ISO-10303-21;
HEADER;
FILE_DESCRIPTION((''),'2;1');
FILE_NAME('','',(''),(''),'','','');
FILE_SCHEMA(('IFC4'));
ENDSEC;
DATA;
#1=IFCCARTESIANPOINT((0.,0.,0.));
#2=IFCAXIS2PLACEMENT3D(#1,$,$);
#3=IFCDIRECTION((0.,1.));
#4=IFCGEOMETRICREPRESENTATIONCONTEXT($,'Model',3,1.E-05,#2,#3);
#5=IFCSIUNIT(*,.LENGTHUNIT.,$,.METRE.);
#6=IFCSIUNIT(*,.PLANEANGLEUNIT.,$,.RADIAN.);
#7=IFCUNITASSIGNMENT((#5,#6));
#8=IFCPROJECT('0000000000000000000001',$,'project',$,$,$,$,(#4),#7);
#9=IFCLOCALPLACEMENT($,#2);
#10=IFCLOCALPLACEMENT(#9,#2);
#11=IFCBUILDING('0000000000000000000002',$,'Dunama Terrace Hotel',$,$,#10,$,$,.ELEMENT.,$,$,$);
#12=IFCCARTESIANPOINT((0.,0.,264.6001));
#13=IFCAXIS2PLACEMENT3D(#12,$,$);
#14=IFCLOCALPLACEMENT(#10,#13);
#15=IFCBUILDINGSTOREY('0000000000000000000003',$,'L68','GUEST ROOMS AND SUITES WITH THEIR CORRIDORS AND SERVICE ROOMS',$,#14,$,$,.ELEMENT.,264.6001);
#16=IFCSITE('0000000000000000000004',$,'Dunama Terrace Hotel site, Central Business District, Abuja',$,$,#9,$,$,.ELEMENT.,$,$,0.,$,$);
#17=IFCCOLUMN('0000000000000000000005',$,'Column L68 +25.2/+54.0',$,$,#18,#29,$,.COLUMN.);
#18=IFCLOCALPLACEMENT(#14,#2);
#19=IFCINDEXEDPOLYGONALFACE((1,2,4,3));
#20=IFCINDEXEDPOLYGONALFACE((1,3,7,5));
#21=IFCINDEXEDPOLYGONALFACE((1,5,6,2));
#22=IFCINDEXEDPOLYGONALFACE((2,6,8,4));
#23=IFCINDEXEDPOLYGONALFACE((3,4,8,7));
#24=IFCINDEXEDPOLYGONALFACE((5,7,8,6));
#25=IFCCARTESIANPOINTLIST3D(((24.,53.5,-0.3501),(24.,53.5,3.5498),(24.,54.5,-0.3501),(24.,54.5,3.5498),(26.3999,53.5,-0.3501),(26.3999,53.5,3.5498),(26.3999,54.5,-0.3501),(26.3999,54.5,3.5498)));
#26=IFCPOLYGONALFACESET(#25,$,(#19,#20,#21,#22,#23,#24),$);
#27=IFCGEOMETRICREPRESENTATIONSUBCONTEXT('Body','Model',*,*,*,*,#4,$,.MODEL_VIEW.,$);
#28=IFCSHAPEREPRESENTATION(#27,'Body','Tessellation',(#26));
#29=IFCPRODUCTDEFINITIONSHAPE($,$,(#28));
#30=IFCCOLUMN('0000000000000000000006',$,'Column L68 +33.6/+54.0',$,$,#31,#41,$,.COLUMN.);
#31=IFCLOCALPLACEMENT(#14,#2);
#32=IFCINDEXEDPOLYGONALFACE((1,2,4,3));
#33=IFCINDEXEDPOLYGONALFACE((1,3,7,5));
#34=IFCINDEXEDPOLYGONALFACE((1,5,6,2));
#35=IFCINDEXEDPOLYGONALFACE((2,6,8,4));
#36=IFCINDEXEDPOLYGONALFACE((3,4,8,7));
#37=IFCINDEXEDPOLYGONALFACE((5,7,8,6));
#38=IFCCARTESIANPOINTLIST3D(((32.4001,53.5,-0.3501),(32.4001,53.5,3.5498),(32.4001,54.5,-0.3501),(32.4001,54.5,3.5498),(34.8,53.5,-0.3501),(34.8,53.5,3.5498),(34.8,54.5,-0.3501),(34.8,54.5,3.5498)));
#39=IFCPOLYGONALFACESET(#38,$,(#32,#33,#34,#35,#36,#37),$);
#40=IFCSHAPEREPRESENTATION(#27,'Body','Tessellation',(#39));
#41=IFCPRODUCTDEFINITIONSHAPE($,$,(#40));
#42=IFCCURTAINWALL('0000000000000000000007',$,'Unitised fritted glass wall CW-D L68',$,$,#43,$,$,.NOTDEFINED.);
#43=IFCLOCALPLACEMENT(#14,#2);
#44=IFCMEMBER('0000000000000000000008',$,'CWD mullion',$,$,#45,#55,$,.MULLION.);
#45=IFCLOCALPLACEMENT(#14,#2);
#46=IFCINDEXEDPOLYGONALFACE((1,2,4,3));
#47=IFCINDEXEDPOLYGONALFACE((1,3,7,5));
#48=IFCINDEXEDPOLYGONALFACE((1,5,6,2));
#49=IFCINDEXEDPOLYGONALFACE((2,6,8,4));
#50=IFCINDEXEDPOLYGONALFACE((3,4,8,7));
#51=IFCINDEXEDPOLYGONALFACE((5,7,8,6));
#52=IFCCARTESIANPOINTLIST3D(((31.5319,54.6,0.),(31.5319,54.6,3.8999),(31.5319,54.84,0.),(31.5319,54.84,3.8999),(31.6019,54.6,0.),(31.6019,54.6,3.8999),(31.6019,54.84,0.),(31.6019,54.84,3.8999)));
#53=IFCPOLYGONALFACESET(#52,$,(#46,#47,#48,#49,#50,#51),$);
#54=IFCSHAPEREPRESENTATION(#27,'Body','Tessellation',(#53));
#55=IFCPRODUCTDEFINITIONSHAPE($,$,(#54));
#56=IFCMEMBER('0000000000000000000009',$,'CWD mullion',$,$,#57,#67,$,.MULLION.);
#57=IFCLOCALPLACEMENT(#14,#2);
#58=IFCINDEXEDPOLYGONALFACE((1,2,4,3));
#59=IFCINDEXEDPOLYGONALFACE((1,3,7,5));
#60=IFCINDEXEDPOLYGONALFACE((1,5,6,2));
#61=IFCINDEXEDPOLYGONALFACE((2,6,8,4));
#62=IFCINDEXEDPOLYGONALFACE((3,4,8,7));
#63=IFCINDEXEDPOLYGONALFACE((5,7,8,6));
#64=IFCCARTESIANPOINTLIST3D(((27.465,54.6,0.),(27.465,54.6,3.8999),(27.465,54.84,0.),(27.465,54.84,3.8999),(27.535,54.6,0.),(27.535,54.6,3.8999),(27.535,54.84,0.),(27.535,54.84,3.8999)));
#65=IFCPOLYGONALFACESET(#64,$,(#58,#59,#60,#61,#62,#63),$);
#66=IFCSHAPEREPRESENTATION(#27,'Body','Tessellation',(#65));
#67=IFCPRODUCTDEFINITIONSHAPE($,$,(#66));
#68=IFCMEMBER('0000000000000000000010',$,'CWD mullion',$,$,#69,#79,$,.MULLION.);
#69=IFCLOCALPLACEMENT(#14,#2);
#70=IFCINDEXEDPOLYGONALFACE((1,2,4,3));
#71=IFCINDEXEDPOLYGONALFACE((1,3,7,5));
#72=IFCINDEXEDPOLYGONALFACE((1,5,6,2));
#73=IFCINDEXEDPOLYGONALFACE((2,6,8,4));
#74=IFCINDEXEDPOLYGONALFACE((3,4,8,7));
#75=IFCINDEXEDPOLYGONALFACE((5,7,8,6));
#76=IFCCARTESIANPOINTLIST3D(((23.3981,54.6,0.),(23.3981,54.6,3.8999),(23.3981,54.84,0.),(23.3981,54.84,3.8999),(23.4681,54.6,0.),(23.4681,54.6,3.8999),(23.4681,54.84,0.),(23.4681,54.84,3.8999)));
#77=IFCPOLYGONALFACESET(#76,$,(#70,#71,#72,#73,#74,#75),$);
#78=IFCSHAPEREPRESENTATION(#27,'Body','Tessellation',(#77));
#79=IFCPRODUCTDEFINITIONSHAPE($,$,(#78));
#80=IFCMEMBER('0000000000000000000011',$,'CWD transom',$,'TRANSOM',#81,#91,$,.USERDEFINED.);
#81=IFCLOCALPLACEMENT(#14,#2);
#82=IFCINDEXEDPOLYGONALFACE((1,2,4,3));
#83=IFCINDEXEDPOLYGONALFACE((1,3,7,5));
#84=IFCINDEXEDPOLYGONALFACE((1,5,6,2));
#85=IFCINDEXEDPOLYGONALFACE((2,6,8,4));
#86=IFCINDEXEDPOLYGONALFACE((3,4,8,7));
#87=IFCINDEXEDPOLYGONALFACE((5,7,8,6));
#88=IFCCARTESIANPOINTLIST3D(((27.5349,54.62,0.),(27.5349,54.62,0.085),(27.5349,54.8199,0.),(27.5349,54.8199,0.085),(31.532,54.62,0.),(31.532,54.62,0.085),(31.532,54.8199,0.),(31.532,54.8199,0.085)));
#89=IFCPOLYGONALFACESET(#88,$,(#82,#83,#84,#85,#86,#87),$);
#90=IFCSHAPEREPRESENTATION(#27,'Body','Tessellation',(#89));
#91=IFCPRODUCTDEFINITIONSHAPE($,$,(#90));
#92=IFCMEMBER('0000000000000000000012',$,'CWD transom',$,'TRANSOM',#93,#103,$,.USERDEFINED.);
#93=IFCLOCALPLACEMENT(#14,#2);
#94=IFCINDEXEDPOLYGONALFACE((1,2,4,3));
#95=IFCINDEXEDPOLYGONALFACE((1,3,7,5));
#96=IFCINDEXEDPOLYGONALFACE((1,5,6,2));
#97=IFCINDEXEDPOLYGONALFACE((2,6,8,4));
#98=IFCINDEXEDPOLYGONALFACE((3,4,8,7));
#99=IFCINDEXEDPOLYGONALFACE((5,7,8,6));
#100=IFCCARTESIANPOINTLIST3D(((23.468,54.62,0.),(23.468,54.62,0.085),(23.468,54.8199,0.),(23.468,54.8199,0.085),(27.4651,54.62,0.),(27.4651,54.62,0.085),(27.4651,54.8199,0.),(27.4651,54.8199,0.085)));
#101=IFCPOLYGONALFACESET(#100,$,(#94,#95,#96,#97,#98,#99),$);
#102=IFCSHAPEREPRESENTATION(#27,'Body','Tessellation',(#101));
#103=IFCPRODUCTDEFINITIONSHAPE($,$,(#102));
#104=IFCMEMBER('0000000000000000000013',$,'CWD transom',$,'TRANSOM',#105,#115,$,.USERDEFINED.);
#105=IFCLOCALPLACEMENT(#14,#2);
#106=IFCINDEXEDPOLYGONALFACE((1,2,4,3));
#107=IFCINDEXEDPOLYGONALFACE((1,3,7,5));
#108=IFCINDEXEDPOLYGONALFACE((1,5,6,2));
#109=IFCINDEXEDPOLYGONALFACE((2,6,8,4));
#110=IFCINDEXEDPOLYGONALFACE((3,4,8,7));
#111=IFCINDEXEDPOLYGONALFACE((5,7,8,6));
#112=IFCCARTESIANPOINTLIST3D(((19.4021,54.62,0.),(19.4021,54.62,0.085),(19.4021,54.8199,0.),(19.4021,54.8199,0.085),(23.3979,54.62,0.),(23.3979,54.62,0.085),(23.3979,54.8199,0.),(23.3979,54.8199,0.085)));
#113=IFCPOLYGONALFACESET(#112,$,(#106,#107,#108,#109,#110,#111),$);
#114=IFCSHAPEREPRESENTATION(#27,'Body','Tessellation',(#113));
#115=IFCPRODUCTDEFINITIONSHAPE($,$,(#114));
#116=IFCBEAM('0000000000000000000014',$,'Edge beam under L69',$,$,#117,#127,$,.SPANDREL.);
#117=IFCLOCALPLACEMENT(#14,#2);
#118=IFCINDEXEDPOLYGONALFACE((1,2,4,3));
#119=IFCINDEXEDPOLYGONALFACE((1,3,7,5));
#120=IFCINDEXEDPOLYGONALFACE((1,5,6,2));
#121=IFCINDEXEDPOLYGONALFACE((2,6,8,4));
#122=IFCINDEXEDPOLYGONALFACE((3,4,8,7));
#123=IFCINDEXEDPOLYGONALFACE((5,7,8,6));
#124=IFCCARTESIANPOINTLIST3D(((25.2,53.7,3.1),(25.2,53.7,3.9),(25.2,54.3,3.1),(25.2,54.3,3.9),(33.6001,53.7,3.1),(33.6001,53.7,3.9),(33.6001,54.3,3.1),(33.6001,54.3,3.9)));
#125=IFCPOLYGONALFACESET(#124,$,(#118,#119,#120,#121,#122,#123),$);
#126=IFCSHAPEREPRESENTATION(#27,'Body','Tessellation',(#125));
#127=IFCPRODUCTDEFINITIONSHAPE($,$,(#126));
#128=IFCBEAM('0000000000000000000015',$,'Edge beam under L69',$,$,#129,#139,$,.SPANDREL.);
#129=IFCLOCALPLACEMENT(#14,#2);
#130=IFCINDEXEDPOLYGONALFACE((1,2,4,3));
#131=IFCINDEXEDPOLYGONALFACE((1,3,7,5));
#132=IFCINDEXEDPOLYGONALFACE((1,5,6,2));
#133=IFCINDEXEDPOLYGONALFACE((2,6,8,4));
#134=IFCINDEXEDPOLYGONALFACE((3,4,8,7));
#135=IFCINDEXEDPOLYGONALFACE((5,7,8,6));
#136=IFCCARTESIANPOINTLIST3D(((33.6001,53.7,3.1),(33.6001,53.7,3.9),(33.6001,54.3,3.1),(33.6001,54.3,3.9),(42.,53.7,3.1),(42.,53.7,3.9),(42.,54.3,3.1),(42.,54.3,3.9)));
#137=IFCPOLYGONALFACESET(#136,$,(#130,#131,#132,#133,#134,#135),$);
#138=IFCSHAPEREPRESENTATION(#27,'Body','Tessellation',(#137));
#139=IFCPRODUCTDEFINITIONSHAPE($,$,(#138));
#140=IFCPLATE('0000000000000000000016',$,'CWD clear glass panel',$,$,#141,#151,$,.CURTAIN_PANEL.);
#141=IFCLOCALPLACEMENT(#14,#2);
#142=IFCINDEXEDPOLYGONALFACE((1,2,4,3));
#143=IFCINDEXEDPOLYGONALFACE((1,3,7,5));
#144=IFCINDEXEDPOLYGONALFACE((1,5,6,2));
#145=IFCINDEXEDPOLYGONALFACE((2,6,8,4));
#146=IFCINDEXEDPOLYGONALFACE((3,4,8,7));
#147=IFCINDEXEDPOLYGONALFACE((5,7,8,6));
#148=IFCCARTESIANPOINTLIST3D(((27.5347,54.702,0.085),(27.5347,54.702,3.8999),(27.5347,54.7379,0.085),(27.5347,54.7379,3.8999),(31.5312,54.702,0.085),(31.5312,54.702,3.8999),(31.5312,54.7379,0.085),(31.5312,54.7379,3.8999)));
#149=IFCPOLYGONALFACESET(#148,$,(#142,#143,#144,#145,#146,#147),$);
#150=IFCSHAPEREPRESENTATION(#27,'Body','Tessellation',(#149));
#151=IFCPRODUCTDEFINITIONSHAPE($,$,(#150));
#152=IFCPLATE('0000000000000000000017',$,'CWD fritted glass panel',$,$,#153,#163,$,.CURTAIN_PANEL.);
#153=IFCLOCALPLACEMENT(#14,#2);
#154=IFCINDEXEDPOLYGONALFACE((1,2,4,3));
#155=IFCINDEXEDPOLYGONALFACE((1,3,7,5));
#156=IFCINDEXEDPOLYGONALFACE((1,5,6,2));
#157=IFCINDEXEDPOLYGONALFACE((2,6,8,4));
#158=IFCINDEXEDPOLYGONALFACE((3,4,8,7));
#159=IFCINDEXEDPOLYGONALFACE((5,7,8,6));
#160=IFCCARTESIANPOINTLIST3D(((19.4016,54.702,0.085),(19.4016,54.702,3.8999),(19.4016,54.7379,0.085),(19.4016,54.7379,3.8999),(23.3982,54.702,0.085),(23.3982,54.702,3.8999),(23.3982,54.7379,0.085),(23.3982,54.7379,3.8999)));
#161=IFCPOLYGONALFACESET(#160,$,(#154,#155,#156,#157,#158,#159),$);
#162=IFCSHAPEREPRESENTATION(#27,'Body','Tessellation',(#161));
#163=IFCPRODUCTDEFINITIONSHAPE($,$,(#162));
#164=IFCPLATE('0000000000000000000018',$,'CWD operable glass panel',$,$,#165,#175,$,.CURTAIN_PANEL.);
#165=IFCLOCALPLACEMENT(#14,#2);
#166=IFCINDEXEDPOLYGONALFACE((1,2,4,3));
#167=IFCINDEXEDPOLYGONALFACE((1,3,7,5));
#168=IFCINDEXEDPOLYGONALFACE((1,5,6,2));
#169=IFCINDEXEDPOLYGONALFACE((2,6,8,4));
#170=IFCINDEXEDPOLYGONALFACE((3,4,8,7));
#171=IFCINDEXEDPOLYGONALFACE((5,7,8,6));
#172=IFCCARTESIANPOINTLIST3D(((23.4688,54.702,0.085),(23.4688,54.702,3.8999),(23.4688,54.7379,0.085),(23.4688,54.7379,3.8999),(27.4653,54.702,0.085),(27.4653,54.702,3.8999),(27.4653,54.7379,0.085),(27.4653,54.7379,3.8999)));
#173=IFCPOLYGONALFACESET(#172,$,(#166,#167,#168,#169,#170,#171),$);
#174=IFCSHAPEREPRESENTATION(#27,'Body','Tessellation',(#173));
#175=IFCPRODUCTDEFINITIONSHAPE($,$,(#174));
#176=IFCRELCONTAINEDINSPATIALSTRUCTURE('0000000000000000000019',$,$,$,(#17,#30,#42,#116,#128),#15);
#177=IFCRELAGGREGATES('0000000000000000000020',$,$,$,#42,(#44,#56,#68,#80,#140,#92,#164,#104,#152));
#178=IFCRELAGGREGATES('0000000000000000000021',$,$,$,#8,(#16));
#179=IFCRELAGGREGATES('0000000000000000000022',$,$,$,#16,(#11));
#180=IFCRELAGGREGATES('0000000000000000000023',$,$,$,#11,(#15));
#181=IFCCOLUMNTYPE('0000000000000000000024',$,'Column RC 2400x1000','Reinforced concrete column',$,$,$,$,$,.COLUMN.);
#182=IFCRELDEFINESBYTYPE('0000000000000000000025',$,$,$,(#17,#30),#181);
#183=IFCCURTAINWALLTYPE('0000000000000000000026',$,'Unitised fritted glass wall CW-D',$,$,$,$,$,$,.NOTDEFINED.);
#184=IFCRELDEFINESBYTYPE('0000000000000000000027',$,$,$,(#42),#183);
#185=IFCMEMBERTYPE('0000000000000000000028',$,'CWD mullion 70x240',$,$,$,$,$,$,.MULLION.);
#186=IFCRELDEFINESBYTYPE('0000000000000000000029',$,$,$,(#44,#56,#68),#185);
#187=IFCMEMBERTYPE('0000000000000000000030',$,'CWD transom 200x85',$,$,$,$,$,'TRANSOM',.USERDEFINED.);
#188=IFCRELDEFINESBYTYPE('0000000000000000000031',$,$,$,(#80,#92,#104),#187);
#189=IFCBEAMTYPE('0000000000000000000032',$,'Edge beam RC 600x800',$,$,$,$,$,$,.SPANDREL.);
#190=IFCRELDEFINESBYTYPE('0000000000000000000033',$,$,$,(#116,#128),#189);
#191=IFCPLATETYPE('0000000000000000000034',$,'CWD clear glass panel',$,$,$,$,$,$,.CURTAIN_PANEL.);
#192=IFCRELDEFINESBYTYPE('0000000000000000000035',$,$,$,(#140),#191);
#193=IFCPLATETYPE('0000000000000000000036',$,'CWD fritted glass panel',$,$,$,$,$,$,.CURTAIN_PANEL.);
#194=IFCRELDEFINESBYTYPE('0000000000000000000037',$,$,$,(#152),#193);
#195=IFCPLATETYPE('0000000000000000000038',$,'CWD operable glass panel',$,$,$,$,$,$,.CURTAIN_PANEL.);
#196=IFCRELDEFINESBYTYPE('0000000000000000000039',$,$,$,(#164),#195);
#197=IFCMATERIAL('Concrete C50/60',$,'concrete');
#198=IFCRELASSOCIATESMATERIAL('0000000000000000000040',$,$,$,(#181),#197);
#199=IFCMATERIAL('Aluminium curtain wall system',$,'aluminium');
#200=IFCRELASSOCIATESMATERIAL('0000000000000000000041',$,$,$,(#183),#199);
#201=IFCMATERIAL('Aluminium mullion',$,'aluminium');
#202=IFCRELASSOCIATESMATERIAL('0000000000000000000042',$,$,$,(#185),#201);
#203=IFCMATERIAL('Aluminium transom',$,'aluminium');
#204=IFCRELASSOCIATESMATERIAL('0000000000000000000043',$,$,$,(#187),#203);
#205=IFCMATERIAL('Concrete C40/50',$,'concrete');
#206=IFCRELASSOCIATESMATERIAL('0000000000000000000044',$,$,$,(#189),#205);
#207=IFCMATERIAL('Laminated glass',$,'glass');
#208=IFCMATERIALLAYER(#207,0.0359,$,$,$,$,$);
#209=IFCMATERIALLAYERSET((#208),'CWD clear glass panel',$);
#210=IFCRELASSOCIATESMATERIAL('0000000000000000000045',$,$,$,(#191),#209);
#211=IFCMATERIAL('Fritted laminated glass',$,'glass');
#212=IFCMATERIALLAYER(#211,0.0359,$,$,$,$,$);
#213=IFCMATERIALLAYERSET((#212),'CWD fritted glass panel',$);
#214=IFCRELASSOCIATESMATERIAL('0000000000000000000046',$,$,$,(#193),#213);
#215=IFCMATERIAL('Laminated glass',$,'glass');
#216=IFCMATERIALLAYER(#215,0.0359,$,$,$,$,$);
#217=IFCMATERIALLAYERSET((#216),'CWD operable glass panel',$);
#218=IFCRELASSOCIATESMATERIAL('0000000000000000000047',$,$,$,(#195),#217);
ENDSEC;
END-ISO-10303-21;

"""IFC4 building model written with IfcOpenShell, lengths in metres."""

from ifc_helpers import new_model, si_unit, direction, frame, origin, origin_2d, place, context, subcontext, project, spatial, rectangle, extrude, material, layer, layer_set, material_profile, profile_set, type_object, element, aggregate, save


model = new_model("IFC4")

# Units and contexts
model_context = context("Model", 3, precision=1e-05, world=origin(), true_north=direction((0.0, 1.0)))
body_context = subcontext(model_context, "Body", "Model", "MODEL_VIEW")
ifc_project = project(units=[si_unit("LENGTHUNIT", "METRE"), si_unit("PLANEANGLEUNIT", "RADIAN")], contexts=[model_context])

# Site, building, storey
site_placement = place(None, origin())
site = spatial("IfcSite", under=ifc_project, at=site_placement, Name="Dunama Terrace Hotel site, Central Business District, Abuja", CompositionType="ELEMENT", RefElevation=0.0)
building_placement = place(site_placement, origin())
building = spatial("IfcBuilding", under=site, at=building_placement, Name="Dunama Terrace Hotel", CompositionType="ELEMENT")
storey_placement = place(building_placement, frame((0.0, 0.0, 264.6001)))
storey = spatial("IfcBuildingStorey", under=building, at=storey_placement, Name="L68", Description="GUEST ROOMS AND SUITES WITH THEIR CORRIDORS AND SERVICE ROOMS", CompositionType="ELEMENT", Elevation=264.6001)

# Columns
ifc_material_1 = material(Name="Concrete C50/60", Category="concrete")
ifc_material_profile_1 = material_profile(ifc_material_1, rectangle(XDim=2.3999, YDim=1.0, at=origin_2d()), Name="RC 2400x1000")
ifc_profile_set_1 = profile_set([ifc_material_profile_1], Name="Concrete C50/60")
column_type = type_object("IfcColumnType", Name="Column RC 2400x1000", Description="Reinforced concrete column", PredefinedType="COLUMN", material=ifc_profile_set_1)
for number, where, z_axis, x_axis, name in (
    (1, (25.2, 54.0, -0.3501), (0.0, 0.0, 1.0), (1.0, 0.0, 0.0), "Column L68 +25.2/+54.0"),
    (2, (33.6001, 54.0, -0.3501), (0.0, 0.0, 1.0), (1.0, 0.0, 0.0), "Column L68 +33.6/+54.0"),
):
    element("IfcColumn", number, at=place(storey_placement, frame(where, z_axis=z_axis, x_axis=x_axis)), inside=storey, type_object=column_type, Name=name, PredefinedType="COLUMN", context=body_context, shape_type="SweptSolid", body=[
        extrude(rectangle(XDim=2.3999, YDim=1.0, at=origin_2d()), origin(), (0.0, 0.0, 1.0), 3.8999),
    ])

# Curtain wall, members
ifc_material_2 = material(Name="Aluminium curtain wall system", Category="aluminium")
curtain_wall_type = type_object("IfcCurtainWallType", Name="Unitised fritted glass wall CW-D", PredefinedType="NOTDEFINED", material=ifc_material_2)
curtain_wall_placement = place(storey_placement, origin())
curtain_wall = element("IfcCurtainWall", 3, at=curtain_wall_placement, inside=storey, type_object=curtain_wall_type, Name="Unitised fritted glass wall CW-D L68", PredefinedType="NOTDEFINED")
ifc_material_3 = material(Name="Aluminium mullion", Category="aluminium")
ifc_material_profile_2 = material_profile(ifc_material_3, rectangle(XDim=0.0701, YDim=0.24, at=origin_2d()), Name="CWD MULLION 70X240")
ifc_profile_set_2 = profile_set([ifc_material_profile_2], Name="Aluminium mullion")
member_type_1 = type_object("IfcMemberType", Name="CWD mullion 70x240", PredefinedType="MULLION", material=ifc_profile_set_2)
member_1_placement = place(storey_placement, frame((31.5669, 54.72, 0.0), z_axis=(0.0, 0.0, 1.0), x_axis=(-1.0, 0.0, 0.0)))
member_1 = element("IfcMember", 4, at=member_1_placement, type_object=member_type_1, Name="CWD mullion", PredefinedType="MULLION", context=body_context, shape_type="SweptSolid", body=[
    extrude(rectangle(XDim=0.0701, YDim=0.24, at=origin_2d()), origin(), (0.0, 0.0, 1.0), 3.8999),
])
member_2_placement = place(storey_placement, frame((27.5, 54.72, 0.0), z_axis=(0.0, 0.0, 1.0), x_axis=(-1.0, 0.0, 0.0)))
member_2 = element("IfcMember", 5, at=member_2_placement, type_object=member_type_1, Name="CWD mullion", PredefinedType="MULLION", context=body_context, shape_type="SweptSolid", body=[
    extrude(rectangle(XDim=0.0701, YDim=0.24, at=origin_2d()), origin(), (0.0, 0.0, 1.0), 3.8999),
])
member_3_placement = place(storey_placement, frame((23.4331, 54.72, 0.0), z_axis=(0.0, 0.0, 1.0), x_axis=(-1.0, 0.0, 0.0)))
member_3 = element("IfcMember", 6, at=member_3_placement, type_object=member_type_1, Name="CWD mullion", PredefinedType="MULLION", context=body_context, shape_type="SweptSolid", body=[
    extrude(rectangle(XDim=0.0701, YDim=0.24, at=origin_2d()), origin(), (0.0, 0.0, 1.0), 3.8999),
])
ifc_material_4 = material(Name="Aluminium transom", Category="aluminium")
ifc_material_profile_3 = material_profile(ifc_material_4, rectangle(XDim=0.2, YDim=0.085, at=origin_2d()), Name="CWD TRANSOM 200X85")
ifc_profile_set_3 = profile_set([ifc_material_profile_3], Name="Aluminium transom")
member_type_2 = type_object("IfcMemberType", Name="CWD transom 200x85", ElementType="TRANSOM", PredefinedType="USERDEFINED", material=ifc_profile_set_3)
member_4_placement = place(storey_placement, frame((31.532, 54.72, 0.0425), z_axis=(-1.0, 0.0, 0.0), x_axis=(0.0, -1.0, 0.0)))
member_4 = element("IfcMember", 7, at=member_4_placement, type_object=member_type_2, Name="CWD transom", ObjectType="TRANSOM", PredefinedType="USERDEFINED", context=body_context, shape_type="SweptSolid", body=[
    extrude(rectangle(XDim=0.2, YDim=0.085, at=origin_2d()), origin(), (0.0, 0.0, 1.0), 3.9971),
])
member_5_placement = place(storey_placement, frame((27.4651, 54.72, 0.0425), z_axis=(-1.0, 0.0, 0.0), x_axis=(0.0, -1.0, 0.0)))
member_5 = element("IfcMember", 8, at=member_5_placement, type_object=member_type_2, Name="CWD transom", ObjectType="TRANSOM", PredefinedType="USERDEFINED", context=body_context, shape_type="SweptSolid", body=[
    extrude(rectangle(XDim=0.2, YDim=0.085, at=origin_2d()), origin(), (0.0, 0.0, 1.0), 3.9971),
])
member_6_placement = place(storey_placement, frame((23.3979, 54.72, 0.0425), z_axis=(-1.0, 0.0, 0.0), x_axis=(0.0, -1.0, 0.0)))
member_6 = element("IfcMember", 9, at=member_6_placement, type_object=member_type_2, Name="CWD transom", ObjectType="TRANSOM", PredefinedType="USERDEFINED", context=body_context, shape_type="SweptSolid", body=[
    extrude(rectangle(XDim=0.2, YDim=0.085, at=origin_2d()), origin(), (0.0, 0.0, 1.0), 3.9958),
])

# Beams
ifc_material_5 = material(Name="Concrete C40/50", Category="concrete")
ifc_material_profile_4 = material_profile(ifc_material_5, rectangle(XDim=0.6001, YDim=0.8, at=origin_2d()), Name="RC 600x800")
ifc_profile_set_4 = profile_set([ifc_material_profile_4], Name="Concrete C40/50")
beam_type = type_object("IfcBeamType", Name="Edge beam RC 600x800", PredefinedType="SPANDREL", material=ifc_profile_set_4)
beam_1_placement = place(storey_placement, frame((25.2, 54.0, 3.5), z_axis=(1.0, 0.0, 0.0), x_axis=(0.0, 1.0, 0.0)))
element("IfcBeam", 10, at=beam_1_placement, inside=storey, type_object=beam_type, Name="Edge beam under L69", PredefinedType="SPANDREL", context=body_context, shape_type="SweptSolid", body=[
    extrude(rectangle(XDim=0.6001, YDim=0.8, at=origin_2d()), origin(), (0.0, 0.0, 1.0), 8.4001),
])
beam_2_placement = place(storey_placement, frame((33.6001, 54.0, 3.5), z_axis=(1.0, 0.0, 0.0), x_axis=(0.0, 1.0, 0.0)))
element("IfcBeam", 11, at=beam_2_placement, inside=storey, type_object=beam_type, Name="Edge beam under L69", PredefinedType="SPANDREL", context=body_context, shape_type="SweptSolid", body=[
    extrude(rectangle(XDim=0.6001, YDim=0.8, at=origin_2d()), origin(), (0.0, 0.0, 1.0), 8.3999),
])

# Plates
ifc_material_6 = material(Name="Laminated glass", Category="glass")
ifc_layer_1 = layer(ifc_material_6, 0.0359)
ifc_layer_set_1 = layer_set([ifc_layer_1], Name="CWD clear glass panel")
plate_type_1 = type_object("IfcPlateType", Name="CWD clear glass panel", PredefinedType="CURTAIN_PANEL", material=ifc_layer_set_1)
plate_1_placement = place(storey_placement, frame((29.533, 54.72, 0.085), z_axis=(0.0, 0.0, 1.0), x_axis=(-1.0, 0.0, 0.0)))
plate_1 = element("IfcPlate", 12, at=plate_1_placement, type_object=plate_type_1, Name="CWD clear glass panel", PredefinedType="CURTAIN_PANEL", context=body_context, shape_type="SweptSolid", body=[
    extrude(rectangle(XDim=3.9966, YDim=0.0359, at=origin_2d()), origin(), (0.0, 0.0, 1.0), 3.8149),
])
ifc_material_7 = material(Name="Fritted laminated glass", Category="glass")
ifc_layer_2 = layer(ifc_material_7, 0.0359)
ifc_layer_set_2 = layer_set([ifc_layer_2], Name="CWD fritted glass panel")
plate_type_2 = type_object("IfcPlateType", Name="CWD fritted glass panel", PredefinedType="CURTAIN_PANEL", material=ifc_layer_set_2)
plate_2_placement = place(storey_placement, frame((21.3999, 54.72, 0.085), z_axis=(0.0, 0.0, 1.0), x_axis=(-1.0, 0.0, 0.0)))
plate_2 = element("IfcPlate", 13, at=plate_2_placement, type_object=plate_type_2, Name="CWD fritted glass panel", PredefinedType="CURTAIN_PANEL", context=body_context, shape_type="SweptSolid", body=[
    extrude(rectangle(XDim=3.9966, YDim=0.0359, at=origin_2d()), origin(), (0.0, 0.0, 1.0), 3.8149),
])
ifc_material_8 = material(Name="Laminated glass", Category="glass")
ifc_layer_3 = layer(ifc_material_8, 0.0359)
ifc_layer_set_3 = layer_set([ifc_layer_3], Name="CWD operable glass panel")
plate_type_3 = type_object("IfcPlateType", Name="CWD operable glass panel", PredefinedType="CURTAIN_PANEL", material=ifc_layer_set_3)
plate_3_placement = place(storey_placement, frame((25.467, 54.72, 0.085), z_axis=(0.0, 0.0, 1.0), x_axis=(-1.0, 0.0, 0.0)))
plate_3 = element("IfcPlate", 14, at=plate_3_placement, type_object=plate_type_3, Name="CWD operable glass panel", PredefinedType="CURTAIN_PANEL", context=body_context, shape_type="SweptSolid", body=[
    extrude(rectangle(XDim=3.9966, YDim=0.0359, at=origin_2d()), origin(), (0.0, 0.0, 1.0), 3.8149),
])
aggregate(curtain_wall, [member_1, member_2, member_3, member_4, plate_1, member_5, plate_3, member_6, plate_2])

save(model, "model.ifc")
